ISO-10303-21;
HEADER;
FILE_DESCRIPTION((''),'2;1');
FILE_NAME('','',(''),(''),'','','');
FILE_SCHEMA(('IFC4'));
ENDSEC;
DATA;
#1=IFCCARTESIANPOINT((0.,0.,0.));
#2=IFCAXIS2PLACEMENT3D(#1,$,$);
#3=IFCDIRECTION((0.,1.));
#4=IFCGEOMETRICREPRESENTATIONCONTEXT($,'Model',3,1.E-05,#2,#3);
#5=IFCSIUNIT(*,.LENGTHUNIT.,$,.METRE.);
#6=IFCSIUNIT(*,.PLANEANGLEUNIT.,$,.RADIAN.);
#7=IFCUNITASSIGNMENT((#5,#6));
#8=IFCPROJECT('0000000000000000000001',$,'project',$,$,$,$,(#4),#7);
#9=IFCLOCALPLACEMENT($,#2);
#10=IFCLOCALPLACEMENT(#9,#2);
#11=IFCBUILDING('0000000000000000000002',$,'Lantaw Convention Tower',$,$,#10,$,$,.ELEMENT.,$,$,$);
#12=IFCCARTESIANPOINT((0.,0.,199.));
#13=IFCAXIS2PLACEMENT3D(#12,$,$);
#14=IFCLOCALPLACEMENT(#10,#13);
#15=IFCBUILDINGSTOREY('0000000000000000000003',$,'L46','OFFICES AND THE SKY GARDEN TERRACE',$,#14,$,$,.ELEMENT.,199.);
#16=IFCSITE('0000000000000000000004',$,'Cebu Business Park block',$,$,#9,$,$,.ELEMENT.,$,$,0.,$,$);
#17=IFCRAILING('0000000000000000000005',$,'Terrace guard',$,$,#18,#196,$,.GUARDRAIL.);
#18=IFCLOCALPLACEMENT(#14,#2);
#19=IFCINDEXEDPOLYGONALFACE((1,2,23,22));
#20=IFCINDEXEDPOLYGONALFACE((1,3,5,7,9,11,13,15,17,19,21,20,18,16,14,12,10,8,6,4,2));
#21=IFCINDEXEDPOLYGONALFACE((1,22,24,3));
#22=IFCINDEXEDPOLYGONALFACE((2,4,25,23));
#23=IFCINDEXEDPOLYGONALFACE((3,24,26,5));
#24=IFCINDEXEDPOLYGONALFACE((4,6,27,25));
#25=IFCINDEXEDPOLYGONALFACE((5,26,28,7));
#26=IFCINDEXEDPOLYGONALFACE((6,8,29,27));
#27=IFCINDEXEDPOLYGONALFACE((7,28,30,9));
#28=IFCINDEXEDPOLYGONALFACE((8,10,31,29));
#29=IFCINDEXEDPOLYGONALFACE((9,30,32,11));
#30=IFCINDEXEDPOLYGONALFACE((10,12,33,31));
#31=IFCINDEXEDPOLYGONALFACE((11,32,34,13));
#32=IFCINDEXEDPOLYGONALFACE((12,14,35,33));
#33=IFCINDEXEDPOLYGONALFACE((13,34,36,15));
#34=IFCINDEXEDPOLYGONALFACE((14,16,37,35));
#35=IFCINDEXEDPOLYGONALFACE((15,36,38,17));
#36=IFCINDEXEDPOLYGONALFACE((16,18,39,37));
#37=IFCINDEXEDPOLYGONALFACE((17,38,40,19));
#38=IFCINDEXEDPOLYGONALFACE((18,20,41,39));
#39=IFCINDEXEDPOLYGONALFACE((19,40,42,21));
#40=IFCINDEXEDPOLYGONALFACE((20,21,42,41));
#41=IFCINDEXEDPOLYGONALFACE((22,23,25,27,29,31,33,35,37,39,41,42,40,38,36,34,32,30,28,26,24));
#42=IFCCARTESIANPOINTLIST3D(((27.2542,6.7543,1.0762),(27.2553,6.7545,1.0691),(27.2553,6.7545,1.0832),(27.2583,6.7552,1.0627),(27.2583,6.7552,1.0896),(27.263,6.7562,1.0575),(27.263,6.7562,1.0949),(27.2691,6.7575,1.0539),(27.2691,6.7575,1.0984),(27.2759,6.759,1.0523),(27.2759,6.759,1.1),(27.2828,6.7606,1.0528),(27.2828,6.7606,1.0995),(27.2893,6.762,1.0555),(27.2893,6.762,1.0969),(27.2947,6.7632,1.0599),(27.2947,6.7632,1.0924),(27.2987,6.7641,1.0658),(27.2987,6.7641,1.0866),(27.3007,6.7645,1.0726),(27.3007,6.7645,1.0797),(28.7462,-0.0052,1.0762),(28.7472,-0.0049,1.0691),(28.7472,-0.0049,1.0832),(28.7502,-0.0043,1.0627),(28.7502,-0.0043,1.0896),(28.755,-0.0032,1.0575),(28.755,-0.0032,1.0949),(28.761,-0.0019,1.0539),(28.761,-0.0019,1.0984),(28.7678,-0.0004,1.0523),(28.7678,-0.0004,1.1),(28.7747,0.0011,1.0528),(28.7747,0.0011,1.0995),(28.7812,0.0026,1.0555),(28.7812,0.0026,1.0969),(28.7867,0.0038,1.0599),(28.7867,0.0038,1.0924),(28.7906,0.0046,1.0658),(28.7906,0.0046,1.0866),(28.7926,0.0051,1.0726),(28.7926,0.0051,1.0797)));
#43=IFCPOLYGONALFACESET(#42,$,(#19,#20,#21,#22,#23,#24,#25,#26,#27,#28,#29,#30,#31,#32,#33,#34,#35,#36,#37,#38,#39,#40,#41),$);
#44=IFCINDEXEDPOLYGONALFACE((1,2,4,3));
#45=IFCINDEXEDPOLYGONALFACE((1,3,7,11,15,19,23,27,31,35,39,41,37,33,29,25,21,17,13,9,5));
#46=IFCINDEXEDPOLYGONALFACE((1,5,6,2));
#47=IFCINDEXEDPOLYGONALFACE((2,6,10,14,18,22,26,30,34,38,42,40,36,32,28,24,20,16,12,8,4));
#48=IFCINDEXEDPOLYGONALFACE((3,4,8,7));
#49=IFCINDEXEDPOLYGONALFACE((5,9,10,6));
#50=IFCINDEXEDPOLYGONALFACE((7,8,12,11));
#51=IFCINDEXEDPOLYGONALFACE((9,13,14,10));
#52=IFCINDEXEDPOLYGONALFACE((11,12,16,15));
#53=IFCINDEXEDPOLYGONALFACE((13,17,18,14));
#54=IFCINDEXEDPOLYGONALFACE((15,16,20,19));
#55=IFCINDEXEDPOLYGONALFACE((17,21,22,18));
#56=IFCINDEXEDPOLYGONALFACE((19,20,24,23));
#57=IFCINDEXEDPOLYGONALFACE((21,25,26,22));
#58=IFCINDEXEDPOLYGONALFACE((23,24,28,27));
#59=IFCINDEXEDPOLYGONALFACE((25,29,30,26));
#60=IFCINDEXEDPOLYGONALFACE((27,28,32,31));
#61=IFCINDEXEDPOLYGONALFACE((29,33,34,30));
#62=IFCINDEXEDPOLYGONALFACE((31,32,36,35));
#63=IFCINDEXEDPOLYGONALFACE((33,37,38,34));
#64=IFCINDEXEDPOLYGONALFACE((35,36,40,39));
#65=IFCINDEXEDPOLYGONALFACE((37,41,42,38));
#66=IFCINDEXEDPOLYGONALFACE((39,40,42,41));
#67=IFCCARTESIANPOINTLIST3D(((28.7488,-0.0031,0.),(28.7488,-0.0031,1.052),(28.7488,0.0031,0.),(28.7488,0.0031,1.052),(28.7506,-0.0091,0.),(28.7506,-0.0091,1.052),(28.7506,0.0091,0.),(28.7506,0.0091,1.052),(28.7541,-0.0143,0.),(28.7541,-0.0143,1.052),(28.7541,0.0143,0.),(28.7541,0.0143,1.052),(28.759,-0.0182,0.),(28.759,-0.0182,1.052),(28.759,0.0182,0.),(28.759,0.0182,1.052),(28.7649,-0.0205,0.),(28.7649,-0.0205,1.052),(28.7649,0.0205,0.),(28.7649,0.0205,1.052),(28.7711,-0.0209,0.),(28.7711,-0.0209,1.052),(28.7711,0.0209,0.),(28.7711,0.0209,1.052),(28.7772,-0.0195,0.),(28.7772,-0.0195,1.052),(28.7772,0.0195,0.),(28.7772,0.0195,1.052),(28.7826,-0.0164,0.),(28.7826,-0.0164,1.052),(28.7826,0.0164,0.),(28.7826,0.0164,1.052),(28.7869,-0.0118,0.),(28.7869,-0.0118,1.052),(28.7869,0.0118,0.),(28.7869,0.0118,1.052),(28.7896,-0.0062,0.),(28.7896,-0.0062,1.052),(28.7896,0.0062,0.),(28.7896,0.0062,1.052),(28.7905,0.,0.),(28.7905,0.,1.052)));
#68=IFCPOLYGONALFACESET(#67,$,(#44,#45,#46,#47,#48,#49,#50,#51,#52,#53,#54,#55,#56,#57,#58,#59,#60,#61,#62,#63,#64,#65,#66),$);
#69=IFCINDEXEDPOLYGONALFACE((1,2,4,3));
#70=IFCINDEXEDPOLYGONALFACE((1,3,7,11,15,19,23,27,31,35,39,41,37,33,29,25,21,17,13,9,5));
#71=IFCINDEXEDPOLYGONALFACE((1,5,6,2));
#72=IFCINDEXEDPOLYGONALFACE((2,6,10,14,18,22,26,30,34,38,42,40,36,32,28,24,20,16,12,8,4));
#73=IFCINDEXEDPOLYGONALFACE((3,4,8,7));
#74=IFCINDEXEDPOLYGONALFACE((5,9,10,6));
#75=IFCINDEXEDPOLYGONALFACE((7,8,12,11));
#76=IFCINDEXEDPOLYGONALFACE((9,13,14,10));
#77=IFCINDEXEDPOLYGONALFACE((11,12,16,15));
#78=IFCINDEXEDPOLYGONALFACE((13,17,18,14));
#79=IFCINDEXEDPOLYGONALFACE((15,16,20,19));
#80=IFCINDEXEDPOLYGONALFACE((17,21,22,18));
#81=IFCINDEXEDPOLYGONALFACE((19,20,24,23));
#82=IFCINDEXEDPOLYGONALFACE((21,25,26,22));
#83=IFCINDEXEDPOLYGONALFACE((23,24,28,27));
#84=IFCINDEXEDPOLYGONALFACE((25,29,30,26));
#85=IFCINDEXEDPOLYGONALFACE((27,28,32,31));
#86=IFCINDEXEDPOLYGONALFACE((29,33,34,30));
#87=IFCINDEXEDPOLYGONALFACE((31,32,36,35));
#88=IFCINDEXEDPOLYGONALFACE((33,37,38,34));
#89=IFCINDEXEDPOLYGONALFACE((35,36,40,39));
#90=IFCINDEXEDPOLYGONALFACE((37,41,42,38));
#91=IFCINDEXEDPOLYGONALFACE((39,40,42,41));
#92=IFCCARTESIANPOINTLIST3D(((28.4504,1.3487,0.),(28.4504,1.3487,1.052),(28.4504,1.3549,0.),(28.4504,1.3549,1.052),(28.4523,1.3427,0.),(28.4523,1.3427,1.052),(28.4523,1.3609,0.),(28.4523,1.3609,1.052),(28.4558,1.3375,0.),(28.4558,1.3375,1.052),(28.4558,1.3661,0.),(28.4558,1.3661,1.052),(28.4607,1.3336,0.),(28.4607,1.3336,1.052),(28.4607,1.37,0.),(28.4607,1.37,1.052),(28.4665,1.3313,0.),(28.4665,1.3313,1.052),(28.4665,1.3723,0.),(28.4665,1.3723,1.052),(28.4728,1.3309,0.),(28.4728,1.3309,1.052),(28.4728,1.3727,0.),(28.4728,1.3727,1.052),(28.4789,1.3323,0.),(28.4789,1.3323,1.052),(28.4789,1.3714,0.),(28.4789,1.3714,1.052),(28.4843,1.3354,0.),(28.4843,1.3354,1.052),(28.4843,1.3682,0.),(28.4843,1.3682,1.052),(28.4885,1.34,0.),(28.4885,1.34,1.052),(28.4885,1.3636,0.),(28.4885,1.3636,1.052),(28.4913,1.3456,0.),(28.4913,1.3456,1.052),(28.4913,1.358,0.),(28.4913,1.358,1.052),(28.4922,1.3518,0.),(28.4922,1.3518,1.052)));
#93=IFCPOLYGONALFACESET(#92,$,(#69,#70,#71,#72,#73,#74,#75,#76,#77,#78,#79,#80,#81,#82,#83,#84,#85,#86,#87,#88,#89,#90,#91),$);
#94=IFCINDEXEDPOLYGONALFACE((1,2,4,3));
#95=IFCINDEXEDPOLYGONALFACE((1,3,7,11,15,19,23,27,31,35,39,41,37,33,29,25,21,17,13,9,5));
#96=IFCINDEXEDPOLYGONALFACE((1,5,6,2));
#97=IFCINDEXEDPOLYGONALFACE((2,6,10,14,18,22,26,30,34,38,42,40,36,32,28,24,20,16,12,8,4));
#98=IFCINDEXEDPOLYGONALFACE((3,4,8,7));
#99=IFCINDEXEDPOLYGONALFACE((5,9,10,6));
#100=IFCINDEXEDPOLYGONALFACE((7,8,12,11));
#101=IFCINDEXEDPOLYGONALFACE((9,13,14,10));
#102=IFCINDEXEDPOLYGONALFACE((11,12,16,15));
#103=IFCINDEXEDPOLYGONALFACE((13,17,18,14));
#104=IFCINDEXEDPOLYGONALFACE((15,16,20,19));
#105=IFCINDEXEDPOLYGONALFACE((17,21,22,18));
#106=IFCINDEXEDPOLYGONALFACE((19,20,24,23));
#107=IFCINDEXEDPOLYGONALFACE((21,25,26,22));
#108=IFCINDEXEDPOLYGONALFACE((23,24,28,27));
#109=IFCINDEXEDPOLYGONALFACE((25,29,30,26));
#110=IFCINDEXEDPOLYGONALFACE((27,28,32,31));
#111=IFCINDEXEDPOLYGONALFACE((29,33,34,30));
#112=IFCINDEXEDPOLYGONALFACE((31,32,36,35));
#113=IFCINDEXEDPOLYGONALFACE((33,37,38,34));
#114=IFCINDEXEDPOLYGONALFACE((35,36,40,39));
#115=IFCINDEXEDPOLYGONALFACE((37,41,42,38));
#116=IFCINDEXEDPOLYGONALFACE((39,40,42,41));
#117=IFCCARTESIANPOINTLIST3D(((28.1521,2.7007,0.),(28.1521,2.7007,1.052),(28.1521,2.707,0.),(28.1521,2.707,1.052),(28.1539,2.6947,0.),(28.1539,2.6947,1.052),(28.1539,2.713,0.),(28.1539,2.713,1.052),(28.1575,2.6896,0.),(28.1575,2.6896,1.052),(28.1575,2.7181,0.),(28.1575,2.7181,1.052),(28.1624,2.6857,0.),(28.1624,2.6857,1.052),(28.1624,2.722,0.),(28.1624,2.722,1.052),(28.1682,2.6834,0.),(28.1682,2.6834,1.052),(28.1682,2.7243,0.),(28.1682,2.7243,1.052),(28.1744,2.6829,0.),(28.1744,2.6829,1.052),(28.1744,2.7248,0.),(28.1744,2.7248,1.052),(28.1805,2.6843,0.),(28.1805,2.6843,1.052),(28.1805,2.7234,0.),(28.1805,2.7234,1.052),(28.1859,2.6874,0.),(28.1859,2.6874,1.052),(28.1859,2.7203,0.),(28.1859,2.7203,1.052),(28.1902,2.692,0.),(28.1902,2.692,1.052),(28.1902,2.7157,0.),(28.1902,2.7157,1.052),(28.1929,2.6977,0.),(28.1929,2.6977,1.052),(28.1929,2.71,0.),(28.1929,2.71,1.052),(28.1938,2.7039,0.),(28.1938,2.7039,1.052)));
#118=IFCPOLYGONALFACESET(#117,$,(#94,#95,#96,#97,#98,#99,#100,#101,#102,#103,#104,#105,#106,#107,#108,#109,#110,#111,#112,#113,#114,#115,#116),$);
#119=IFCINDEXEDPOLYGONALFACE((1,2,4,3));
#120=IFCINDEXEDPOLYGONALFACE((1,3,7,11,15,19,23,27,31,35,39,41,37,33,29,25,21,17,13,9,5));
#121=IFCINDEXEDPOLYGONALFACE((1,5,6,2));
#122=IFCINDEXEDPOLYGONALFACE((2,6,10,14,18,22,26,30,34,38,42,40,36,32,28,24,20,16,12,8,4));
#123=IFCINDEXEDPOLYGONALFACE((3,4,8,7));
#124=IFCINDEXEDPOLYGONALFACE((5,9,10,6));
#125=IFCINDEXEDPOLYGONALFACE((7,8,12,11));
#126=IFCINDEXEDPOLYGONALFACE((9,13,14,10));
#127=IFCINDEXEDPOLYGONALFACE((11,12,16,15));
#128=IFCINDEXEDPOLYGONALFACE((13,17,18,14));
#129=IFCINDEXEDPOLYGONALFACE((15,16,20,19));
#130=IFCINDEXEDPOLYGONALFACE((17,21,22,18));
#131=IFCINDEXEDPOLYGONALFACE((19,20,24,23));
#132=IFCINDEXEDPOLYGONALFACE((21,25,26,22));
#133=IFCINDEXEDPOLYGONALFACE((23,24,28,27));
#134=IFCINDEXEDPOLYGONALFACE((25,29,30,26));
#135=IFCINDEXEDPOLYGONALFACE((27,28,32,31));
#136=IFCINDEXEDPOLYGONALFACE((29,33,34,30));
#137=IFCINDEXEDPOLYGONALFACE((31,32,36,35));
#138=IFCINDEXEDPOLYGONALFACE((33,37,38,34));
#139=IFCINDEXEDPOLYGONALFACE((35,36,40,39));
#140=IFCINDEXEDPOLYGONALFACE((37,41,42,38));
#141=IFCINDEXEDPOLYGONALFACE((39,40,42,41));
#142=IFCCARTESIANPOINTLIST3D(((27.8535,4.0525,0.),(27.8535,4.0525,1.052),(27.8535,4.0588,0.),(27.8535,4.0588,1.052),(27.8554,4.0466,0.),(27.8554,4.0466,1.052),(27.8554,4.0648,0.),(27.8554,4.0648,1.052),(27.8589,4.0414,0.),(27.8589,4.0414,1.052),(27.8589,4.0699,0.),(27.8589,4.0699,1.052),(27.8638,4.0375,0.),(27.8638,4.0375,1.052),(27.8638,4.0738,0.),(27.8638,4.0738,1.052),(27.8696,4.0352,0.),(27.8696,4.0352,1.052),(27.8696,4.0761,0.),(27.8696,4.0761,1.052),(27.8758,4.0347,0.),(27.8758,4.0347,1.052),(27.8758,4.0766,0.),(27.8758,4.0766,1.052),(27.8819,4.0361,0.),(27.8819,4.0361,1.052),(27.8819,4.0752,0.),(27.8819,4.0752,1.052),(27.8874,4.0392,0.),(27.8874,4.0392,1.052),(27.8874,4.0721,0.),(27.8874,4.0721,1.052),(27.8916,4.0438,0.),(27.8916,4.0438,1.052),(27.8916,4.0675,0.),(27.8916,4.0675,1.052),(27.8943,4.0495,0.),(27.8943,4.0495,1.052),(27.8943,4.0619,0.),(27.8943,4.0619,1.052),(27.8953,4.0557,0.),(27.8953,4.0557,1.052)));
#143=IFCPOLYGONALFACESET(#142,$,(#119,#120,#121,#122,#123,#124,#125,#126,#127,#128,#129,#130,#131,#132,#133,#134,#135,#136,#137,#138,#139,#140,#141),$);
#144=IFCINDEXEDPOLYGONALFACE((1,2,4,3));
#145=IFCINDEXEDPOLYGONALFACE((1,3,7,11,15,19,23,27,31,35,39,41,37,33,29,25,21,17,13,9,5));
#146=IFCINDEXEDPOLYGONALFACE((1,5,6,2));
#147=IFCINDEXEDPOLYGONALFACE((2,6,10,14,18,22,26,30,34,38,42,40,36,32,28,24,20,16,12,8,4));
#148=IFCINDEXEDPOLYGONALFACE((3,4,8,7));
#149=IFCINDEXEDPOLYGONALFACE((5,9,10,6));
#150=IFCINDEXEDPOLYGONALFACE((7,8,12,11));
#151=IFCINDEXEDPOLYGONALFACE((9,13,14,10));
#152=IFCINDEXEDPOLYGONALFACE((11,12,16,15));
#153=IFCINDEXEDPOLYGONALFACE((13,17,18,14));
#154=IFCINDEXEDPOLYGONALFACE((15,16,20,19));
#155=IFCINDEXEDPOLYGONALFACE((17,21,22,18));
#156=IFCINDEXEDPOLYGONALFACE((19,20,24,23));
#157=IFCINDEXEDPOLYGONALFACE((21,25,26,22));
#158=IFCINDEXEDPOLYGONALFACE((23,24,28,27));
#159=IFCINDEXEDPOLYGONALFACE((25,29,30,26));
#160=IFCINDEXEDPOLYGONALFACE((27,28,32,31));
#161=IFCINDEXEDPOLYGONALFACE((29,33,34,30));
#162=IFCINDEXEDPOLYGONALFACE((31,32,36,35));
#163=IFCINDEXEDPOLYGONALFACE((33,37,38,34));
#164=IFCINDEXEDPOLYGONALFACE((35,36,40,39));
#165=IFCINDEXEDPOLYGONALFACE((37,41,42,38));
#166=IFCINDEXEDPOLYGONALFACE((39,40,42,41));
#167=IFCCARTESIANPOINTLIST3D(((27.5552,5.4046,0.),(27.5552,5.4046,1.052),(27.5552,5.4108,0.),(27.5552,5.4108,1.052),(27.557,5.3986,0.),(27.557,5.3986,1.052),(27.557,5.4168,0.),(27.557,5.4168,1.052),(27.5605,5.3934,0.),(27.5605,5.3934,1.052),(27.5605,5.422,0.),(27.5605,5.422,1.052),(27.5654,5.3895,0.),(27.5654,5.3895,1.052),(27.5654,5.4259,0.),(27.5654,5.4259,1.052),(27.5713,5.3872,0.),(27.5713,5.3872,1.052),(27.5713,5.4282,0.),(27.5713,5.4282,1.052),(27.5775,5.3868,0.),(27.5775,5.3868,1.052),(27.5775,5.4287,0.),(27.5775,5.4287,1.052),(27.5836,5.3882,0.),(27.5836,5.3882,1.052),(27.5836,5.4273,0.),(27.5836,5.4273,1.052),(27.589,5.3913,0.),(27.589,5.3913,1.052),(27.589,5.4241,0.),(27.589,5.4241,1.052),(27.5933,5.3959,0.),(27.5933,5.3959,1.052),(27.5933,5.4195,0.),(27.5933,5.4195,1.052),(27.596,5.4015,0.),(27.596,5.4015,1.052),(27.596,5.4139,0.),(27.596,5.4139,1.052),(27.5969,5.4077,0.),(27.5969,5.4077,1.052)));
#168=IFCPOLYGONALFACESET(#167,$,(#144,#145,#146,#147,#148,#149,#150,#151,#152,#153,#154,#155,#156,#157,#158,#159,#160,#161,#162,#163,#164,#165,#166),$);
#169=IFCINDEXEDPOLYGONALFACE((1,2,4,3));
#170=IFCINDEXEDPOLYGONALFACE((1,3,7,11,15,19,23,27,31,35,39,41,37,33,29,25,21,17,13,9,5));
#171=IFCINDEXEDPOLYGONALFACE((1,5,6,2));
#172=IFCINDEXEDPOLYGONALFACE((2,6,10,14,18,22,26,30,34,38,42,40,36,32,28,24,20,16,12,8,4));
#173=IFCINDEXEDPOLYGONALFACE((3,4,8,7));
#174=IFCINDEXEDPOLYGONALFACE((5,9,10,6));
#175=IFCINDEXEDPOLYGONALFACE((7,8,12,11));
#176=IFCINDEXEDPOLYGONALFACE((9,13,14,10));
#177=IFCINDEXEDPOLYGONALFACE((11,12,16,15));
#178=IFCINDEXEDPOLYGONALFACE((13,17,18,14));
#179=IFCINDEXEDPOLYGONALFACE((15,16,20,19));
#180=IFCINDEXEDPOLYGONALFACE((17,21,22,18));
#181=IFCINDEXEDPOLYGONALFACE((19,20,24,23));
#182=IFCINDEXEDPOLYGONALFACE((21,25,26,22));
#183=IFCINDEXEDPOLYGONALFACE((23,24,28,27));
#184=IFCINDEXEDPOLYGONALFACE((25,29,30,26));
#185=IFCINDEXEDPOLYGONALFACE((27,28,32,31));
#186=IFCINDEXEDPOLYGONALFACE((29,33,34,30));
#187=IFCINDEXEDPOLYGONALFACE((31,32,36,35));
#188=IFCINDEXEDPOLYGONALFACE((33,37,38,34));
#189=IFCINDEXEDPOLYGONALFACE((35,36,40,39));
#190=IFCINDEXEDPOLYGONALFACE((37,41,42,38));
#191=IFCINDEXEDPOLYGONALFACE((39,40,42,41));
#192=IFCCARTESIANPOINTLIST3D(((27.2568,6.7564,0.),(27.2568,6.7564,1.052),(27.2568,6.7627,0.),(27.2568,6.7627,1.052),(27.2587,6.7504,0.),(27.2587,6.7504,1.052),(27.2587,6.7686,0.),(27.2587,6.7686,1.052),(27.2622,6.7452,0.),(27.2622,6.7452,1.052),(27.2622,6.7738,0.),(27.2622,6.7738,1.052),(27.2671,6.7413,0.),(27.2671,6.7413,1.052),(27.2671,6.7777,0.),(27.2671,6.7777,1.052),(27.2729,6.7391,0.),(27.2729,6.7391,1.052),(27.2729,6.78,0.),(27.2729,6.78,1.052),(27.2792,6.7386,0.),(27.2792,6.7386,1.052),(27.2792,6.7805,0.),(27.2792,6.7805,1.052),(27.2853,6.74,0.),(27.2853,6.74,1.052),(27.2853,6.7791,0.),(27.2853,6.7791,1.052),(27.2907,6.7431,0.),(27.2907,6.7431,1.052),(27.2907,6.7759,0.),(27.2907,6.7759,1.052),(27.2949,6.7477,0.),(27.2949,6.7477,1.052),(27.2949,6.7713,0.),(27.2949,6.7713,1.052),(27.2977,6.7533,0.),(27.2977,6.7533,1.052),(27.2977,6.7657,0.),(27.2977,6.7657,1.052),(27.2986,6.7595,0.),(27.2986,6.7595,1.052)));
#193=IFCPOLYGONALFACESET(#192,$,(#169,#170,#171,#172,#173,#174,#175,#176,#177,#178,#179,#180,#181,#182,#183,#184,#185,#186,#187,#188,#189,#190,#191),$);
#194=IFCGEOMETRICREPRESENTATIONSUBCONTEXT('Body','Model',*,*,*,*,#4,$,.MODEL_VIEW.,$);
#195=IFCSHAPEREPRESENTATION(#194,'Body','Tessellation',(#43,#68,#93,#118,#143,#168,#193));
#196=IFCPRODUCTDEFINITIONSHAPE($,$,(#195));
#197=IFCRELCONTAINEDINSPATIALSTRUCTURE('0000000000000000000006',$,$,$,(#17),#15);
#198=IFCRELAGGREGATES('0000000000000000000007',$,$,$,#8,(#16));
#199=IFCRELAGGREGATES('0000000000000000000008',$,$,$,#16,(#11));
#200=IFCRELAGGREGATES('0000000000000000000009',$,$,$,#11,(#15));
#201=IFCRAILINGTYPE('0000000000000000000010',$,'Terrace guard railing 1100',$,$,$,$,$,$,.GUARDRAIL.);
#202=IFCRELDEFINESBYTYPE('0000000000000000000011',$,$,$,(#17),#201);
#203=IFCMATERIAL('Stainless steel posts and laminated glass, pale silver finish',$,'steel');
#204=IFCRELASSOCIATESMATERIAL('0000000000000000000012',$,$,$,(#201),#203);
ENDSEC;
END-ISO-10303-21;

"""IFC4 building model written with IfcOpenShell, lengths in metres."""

from ifc_helpers import new_model, si_unit, direction, frame, origin, origin_2d, place, context, subcontext, project, spatial, circle, extrude, material, type_object, element, save


model = new_model("IFC4")

# Units and contexts
model_context = context("Model", 3, precision=1e-05, world=origin(), true_north=direction((0.0, 1.0)))
body_context = subcontext(model_context, "Body", "Model", "MODEL_VIEW")
ifc_project = project(units=[si_unit("LENGTHUNIT", "METRE"), si_unit("PLANEANGLEUNIT", "RADIAN")], contexts=[model_context])

# Site, building, storey
site_placement = place(None, origin())
site = spatial("IfcSite", under=ifc_project, at=site_placement, Name="Cebu Business Park block", CompositionType="ELEMENT", RefElevation=0.0)
building_placement = place(site_placement, origin())
building = spatial("IfcBuilding", under=site, at=building_placement, Name="Lantaw Convention Tower", CompositionType="ELEMENT")
storey_placement = place(building_placement, frame((0.0, 0.0, 199.0)))
storey = spatial("IfcBuildingStorey", under=building, at=storey_placement, Name="L46", Description="OFFICES AND THE SKY GARDEN TERRACE", CompositionType="ELEMENT", Elevation=199.0)

# Railing
ifc_material_1 = material(Name="Stainless steel posts and laminated glass, pale silver finish", Category="steel")
railing_type = type_object("IfcRailingType", Name="Terrace guard railing 1100", PredefinedType="GUARDRAIL", material=ifc_material_1)
railing_1_placement = place(storey_placement, frame((28.7695, 0.0, 0.0)))
element("IfcRailing", 1, at=railing_1_placement, inside=storey, type_object=railing_type, Name="Terrace guard", PredefinedType="GUARDRAIL", context=body_context, shape_type="SweptSolid", body=[
    extrude(circle(Radius=0.0239, at=origin_2d()), frame((0.0, 0.0, 1.0762), z_axis=(-0.21553, 0.976497, 0.0), x_axis=(-0.976497, -0.21553, 0.0)), (0.0, 0.0, 1.0), 6.9221),
    extrude(circle(Radius=0.021, at=origin_2d()), origin(), (0.0, 0.0, 1.0), 1.052),
    extrude(circle(Radius=0.021, at=origin_2d()), frame((-0.2983, 1.3518, 0.0)), (0.0, 0.0, 1.0), 1.052),
    extrude(circle(Radius=0.021, at=origin_2d()), frame((-0.5967, 2.7039, 0.0)), (0.0, 0.0, 1.0), 1.052),
    extrude(circle(Radius=0.021, at=origin_2d()), frame((-0.8953, 4.0557, 0.0)), (0.0, 0.0, 1.0), 1.052),
    extrude(circle(Radius=0.021, at=origin_2d()), frame((-1.1936, 5.4077, 0.0)), (0.0, 0.0, 1.0), 1.052),
    extrude(circle(Radius=0.021, at=origin_2d()), frame((-1.4919, 6.7595, 0.0)), (0.0, 0.0, 1.0), 1.052),
])

save(model, "model.ifc")
